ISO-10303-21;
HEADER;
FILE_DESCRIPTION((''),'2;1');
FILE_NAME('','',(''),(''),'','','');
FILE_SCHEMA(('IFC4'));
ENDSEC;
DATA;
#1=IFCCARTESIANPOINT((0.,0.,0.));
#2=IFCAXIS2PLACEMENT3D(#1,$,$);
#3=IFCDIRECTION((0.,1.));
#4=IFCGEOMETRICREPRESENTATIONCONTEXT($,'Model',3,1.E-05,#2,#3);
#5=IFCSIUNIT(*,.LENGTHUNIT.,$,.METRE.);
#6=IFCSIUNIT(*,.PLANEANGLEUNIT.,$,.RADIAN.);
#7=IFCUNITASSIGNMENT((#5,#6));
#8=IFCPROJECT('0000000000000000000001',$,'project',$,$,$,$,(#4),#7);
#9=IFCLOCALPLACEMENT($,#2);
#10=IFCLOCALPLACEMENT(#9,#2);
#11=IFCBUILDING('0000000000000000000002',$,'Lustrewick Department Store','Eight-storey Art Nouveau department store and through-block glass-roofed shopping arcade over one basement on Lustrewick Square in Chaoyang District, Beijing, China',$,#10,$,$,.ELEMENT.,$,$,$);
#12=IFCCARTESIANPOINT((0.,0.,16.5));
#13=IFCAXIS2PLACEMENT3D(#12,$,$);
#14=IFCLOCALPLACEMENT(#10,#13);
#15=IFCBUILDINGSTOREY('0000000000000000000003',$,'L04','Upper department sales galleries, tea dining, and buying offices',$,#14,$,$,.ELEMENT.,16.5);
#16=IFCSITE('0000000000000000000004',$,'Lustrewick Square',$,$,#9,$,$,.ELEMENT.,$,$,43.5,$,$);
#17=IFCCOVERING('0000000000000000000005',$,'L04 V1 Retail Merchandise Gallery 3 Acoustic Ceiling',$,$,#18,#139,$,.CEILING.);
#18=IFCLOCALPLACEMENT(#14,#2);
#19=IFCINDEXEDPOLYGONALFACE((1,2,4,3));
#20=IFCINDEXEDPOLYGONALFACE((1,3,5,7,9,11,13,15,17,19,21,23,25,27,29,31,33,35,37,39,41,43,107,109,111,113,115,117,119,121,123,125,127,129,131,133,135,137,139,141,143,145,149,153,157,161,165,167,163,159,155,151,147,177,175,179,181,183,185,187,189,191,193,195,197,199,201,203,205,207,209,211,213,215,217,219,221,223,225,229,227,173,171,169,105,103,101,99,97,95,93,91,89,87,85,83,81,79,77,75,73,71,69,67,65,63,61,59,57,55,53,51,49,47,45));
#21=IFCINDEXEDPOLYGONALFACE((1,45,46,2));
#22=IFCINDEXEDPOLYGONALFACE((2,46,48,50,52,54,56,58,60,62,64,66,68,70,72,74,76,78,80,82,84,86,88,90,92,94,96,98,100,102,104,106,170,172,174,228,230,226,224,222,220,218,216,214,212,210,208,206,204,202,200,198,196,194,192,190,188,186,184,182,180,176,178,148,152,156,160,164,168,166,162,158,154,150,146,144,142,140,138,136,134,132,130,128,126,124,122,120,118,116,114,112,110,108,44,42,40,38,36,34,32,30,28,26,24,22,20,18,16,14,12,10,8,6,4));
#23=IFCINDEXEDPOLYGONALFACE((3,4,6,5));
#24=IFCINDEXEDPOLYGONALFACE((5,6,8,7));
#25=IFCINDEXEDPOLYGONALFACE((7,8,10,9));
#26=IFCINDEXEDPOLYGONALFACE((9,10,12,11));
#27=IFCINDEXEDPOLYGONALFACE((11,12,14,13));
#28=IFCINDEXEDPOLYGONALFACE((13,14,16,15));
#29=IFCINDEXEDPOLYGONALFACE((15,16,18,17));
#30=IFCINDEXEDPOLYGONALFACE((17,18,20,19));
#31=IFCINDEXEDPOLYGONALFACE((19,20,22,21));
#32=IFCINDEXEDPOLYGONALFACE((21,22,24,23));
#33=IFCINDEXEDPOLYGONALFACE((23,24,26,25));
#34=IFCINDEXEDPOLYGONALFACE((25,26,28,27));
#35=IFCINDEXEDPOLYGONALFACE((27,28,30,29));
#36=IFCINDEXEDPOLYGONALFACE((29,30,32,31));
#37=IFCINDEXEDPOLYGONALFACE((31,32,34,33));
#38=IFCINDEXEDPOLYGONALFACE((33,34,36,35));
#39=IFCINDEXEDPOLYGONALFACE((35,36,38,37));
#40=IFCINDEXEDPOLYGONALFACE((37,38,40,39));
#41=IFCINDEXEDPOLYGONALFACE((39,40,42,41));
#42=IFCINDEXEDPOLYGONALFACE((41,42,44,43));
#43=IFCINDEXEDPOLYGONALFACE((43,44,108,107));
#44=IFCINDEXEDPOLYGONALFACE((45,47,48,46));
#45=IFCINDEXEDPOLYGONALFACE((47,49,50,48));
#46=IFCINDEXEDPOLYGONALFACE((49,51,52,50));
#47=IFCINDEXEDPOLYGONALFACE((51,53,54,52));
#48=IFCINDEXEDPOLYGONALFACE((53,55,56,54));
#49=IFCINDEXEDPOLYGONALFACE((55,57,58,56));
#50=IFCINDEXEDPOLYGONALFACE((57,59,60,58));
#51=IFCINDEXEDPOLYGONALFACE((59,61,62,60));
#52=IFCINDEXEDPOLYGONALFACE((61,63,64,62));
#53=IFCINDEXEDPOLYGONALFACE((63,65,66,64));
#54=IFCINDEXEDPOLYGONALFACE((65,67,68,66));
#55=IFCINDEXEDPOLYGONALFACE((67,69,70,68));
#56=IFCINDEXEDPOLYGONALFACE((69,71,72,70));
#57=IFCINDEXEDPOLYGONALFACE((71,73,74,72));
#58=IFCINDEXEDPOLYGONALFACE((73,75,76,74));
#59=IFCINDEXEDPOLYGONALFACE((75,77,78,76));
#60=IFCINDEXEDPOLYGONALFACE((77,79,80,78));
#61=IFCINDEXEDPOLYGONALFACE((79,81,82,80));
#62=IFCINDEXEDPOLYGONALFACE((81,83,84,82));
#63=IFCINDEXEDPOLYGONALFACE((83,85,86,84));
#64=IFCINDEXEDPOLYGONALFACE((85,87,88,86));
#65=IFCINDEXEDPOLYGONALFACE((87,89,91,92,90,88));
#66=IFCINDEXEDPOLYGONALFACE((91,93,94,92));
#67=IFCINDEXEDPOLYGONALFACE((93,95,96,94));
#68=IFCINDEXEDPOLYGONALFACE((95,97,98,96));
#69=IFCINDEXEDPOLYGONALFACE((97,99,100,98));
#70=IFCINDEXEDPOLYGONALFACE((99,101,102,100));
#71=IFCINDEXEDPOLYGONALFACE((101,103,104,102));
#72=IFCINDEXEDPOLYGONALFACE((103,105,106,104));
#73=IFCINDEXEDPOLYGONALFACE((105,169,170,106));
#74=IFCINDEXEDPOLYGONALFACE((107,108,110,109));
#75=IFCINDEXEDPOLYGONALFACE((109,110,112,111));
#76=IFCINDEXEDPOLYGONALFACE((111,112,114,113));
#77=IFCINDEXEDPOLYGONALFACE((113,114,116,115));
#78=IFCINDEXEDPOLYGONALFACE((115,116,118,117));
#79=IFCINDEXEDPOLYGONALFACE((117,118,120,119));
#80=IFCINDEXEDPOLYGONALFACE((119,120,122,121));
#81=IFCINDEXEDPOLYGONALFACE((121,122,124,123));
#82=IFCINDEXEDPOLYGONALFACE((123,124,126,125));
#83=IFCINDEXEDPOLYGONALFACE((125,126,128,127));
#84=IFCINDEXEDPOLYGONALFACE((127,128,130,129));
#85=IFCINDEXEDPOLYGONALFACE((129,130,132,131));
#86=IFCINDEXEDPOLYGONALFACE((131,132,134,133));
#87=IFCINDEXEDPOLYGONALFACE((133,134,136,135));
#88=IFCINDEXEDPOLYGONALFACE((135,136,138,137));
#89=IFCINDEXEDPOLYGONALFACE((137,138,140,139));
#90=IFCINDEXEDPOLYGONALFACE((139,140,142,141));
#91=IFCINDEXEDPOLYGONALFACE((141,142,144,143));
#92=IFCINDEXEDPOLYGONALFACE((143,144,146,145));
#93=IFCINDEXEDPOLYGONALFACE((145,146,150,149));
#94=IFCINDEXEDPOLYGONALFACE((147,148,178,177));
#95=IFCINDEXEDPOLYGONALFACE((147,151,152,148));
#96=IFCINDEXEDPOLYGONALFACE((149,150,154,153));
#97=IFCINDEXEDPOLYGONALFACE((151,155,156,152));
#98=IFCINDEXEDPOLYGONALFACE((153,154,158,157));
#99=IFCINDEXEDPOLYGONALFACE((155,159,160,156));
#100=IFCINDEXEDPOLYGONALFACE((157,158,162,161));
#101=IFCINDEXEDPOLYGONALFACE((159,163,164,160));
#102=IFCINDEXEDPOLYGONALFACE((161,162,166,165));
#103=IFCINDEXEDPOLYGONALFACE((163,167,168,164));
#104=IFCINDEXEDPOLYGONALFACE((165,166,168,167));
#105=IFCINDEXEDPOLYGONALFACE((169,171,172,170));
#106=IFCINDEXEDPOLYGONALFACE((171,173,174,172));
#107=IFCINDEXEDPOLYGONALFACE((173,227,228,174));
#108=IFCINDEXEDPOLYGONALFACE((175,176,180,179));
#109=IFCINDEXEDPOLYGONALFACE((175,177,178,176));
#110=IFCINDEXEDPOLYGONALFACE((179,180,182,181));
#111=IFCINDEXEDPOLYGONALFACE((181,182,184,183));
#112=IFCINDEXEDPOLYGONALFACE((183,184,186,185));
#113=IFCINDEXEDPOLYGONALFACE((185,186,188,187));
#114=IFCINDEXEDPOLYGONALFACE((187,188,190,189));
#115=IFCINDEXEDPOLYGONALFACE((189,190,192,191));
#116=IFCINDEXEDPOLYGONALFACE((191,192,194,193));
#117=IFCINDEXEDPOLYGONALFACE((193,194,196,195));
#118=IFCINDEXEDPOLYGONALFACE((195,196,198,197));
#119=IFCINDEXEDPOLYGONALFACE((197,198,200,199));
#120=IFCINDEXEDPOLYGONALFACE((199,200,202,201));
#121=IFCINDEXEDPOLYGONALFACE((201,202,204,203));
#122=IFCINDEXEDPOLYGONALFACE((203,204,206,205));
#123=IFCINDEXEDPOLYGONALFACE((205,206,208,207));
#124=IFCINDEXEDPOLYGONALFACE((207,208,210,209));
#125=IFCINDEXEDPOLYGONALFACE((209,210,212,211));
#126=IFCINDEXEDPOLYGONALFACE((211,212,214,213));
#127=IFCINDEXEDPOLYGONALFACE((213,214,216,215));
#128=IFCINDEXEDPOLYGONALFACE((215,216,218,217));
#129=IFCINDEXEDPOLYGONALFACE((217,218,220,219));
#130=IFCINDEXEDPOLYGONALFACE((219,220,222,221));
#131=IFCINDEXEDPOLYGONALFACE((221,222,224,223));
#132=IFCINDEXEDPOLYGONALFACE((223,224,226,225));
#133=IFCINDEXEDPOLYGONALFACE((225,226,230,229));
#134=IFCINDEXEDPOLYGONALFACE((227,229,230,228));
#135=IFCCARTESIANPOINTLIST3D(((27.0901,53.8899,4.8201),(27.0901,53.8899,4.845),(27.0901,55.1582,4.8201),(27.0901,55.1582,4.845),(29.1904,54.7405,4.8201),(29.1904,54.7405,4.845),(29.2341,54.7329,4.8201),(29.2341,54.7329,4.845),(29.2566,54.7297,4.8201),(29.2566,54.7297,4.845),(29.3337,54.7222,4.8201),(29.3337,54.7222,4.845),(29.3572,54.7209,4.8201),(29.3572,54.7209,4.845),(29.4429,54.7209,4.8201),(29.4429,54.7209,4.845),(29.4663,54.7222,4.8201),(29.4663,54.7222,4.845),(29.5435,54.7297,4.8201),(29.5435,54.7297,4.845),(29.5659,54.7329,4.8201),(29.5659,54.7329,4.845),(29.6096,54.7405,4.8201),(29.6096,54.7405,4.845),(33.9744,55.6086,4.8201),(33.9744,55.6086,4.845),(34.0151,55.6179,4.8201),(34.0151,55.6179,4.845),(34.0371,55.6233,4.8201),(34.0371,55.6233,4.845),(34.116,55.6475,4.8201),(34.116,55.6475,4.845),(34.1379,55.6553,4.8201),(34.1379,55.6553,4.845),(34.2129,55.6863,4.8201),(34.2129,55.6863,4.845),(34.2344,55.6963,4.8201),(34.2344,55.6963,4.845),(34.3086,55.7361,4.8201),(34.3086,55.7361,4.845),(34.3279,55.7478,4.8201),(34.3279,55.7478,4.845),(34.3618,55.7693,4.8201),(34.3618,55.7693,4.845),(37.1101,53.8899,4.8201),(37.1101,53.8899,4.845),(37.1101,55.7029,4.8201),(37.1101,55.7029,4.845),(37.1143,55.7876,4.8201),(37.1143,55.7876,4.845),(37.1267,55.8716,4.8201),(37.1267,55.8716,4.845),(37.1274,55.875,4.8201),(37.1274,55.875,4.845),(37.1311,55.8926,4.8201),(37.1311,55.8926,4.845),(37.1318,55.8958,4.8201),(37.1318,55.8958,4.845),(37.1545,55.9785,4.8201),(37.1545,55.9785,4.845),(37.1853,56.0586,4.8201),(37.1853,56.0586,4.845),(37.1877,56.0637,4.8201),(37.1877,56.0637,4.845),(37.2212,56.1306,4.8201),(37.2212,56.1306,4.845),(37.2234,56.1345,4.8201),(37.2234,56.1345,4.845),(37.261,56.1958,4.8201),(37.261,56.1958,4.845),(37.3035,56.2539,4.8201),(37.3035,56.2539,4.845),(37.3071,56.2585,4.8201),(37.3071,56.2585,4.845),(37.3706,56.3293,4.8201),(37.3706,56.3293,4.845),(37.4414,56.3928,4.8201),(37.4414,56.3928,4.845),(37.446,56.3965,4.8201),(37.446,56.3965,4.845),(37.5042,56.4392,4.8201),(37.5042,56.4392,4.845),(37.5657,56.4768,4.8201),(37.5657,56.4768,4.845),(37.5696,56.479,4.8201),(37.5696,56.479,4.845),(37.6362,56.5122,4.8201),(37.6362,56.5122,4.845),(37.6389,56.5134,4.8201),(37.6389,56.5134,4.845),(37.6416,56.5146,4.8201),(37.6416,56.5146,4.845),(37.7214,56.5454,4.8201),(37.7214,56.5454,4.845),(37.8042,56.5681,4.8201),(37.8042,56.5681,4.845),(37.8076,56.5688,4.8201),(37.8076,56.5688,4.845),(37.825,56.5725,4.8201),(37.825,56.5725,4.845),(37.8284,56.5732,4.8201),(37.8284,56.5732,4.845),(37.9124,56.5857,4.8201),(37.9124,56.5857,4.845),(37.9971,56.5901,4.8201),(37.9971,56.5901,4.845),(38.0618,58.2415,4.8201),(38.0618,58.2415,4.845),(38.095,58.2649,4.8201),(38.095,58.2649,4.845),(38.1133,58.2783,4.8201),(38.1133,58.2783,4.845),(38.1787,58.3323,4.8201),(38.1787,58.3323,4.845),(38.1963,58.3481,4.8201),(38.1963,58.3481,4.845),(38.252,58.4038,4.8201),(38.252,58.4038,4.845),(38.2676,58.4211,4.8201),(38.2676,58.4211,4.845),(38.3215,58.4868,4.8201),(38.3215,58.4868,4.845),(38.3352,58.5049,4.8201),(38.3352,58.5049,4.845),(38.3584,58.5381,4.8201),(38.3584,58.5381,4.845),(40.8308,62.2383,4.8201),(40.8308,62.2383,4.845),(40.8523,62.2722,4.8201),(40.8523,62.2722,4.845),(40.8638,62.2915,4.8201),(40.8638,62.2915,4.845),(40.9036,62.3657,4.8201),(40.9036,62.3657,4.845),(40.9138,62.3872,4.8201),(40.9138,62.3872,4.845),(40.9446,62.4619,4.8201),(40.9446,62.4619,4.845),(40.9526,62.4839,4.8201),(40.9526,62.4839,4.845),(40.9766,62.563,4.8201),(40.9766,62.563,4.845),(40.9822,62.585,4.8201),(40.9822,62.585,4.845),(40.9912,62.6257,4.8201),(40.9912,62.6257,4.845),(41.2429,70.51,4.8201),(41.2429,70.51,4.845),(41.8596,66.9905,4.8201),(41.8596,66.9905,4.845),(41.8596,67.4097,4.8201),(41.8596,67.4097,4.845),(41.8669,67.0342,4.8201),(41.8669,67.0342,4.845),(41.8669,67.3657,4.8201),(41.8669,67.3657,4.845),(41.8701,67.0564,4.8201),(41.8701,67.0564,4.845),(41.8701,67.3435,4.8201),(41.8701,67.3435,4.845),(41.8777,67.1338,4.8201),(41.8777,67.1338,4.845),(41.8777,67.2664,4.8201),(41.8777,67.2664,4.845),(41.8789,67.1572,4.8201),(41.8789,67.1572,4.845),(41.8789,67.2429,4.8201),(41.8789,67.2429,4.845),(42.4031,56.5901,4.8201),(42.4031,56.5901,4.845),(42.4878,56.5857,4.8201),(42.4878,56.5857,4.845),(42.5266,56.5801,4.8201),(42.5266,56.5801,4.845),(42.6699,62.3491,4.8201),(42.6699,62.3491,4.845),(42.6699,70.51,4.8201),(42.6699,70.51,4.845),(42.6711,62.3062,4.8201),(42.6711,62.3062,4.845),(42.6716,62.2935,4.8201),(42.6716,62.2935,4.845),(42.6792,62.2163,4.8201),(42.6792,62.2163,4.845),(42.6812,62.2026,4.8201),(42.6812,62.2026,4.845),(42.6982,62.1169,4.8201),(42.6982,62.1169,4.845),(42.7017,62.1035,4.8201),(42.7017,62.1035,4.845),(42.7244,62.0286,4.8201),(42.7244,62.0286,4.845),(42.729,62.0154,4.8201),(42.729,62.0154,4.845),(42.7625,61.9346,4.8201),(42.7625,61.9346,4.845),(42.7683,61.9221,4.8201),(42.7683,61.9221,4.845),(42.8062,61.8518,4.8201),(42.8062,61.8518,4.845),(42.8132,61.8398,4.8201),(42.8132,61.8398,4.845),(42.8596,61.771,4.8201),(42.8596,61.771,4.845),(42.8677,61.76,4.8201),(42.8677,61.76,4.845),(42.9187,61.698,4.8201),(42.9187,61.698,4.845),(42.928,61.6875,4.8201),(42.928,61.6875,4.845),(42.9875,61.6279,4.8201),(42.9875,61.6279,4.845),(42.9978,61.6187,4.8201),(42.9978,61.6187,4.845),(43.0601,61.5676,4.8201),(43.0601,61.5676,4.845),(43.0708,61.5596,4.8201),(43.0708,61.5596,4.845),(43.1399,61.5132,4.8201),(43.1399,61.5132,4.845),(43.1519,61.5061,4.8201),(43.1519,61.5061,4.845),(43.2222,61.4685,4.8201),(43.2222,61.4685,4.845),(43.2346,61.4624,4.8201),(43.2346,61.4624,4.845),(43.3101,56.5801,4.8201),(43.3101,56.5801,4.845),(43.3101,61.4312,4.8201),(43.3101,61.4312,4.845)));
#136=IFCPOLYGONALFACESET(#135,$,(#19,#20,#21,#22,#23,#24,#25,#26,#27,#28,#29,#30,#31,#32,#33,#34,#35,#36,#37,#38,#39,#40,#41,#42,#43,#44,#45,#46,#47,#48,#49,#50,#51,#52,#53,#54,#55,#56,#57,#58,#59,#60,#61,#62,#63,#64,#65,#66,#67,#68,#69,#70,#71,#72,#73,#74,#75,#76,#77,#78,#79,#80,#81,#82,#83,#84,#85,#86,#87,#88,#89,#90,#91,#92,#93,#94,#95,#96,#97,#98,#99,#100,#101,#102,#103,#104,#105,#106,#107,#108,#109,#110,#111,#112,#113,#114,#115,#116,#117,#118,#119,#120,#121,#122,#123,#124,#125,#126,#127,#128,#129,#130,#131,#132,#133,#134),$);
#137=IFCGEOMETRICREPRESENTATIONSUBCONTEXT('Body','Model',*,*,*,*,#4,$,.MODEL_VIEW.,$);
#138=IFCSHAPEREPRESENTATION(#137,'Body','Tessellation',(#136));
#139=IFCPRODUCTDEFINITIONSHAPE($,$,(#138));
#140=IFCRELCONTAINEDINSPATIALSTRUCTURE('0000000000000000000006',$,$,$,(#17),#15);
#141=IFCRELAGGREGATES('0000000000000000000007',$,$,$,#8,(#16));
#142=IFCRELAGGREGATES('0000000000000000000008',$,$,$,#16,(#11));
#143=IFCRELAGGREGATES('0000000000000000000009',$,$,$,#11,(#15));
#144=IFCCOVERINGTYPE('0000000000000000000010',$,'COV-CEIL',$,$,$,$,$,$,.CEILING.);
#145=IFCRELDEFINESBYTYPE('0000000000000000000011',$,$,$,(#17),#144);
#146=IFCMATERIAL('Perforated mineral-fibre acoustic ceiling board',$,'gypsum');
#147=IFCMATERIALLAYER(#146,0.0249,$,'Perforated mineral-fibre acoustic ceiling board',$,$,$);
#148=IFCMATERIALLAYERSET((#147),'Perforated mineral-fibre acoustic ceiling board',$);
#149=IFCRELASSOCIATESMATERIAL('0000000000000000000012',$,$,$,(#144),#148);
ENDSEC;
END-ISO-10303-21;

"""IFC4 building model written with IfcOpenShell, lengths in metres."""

from ifc_helpers import new_model, si_unit, direction, frame, origin, place, context, subcontext, project, spatial, polyline, outline, extrude, material, layer, layer_set, type_object, element, save


model = new_model("IFC4")

# Units and contexts
model_context = context("Model", 3, precision=1e-05, world=origin(), true_north=direction((0.0, 1.0)))
body_context = subcontext(model_context, "Body", "Model", "MODEL_VIEW")
ifc_project = project(units=[si_unit("LENGTHUNIT", "METRE"), si_unit("PLANEANGLEUNIT", "RADIAN")], contexts=[model_context])

# Site, building, storey
site_placement = place(None, origin())
site = spatial("IfcSite", under=ifc_project, at=site_placement, Name="Lustrewick Square", CompositionType="ELEMENT", RefElevation=43.5)
building_placement = place(site_placement, origin())
building = spatial("IfcBuilding", under=site, at=building_placement, Name="Lustrewick Department Store", Description="Eight-storey Art Nouveau department store and through-block glass-roofed shopping arcade over one basement on Lustrewick Square in Chaoyang District, Beijing, China", CompositionType="ELEMENT")
storey_placement = place(building_placement, frame((0.0, 0.0, 16.5)))
storey = spatial("IfcBuildingStorey", under=building, at=storey_placement, Name="L04", Description="Upper department sales galleries, tea dining, and buying offices", CompositionType="ELEMENT", Elevation=16.5)

# Covering
ifc_material_1 = material(Name="Perforated mineral-fibre acoustic ceiling board", Category="gypsum")
ifc_layer_1 = layer(ifc_material_1, 0.0249, Name="Perforated mineral-fibre acoustic ceiling board")
ifc_layer_set_1 = layer_set([ifc_layer_1], Name="Perforated mineral-fibre acoustic ceiling board")
covering_type_1 = type_object("IfcCoveringType", Name="COV-CEIL", PredefinedType="CEILING", material=ifc_layer_set_1)
covering_1_placement = place(storey_placement, frame((0.0, 0.0, 4.8201)))
element("IfcCovering", 1, at=covering_1_placement, inside=storey, type_object=covering_type_1, Name="L04 V1 Retail Merchandise Gallery 3 Acoustic Ceiling", PredefinedType="CEILING", context=body_context, shape_type="SweptSolid", body=[
    extrude(outline(polyline([(40.9912, 62.6257), (40.9822, 62.585), (40.9766, 62.563), (40.9526, 62.4839), (40.9446, 62.4619), (40.9138, 62.3872), (40.9036, 62.3657), (40.8638, 62.2915), (40.8523, 62.2722), (40.8308, 62.2383), (38.3584, 58.5381), (38.3352, 58.5049), (38.3215, 58.4868), (38.2676, 58.4211), (38.252, 58.4038), (38.1963, 58.3481), (38.1787, 58.3323), (38.1133, 58.2783), (38.095, 58.2649), (38.0618, 58.2415), (34.3618, 55.7693), (34.3279, 55.7478), (34.3086, 55.7361), (34.2344, 55.6963), (34.2129, 55.6863), (34.1379, 55.6553), (34.116, 55.6475), (34.0371, 55.6233), (34.0151, 55.6179), (33.9744, 55.6086), (29.6096, 54.7405), (29.5659, 54.7329), (29.5435, 54.7297), (29.4663, 54.7222), (29.4429, 54.7209), (29.3572, 54.7209), (29.3337, 54.7222), (29.2566, 54.7297), (29.2341, 54.7329), (29.1904, 54.7405), (27.0901, 55.1582), (27.0901, 53.8899), (37.1101, 53.8899), (37.1101, 55.7029), (37.1143, 55.7876), (37.1267, 55.8716), (37.1274, 55.875), (37.1311, 55.8926), (37.1318, 55.8958), (37.1545, 55.9785), (37.1853, 56.0586), (37.1877, 56.0637), (37.2212, 56.1306), (37.2234, 56.1345), (37.261, 56.1958), (37.3035, 56.2539), (37.3071, 56.2585), (37.3706, 56.3293), (37.4414, 56.3928), (37.446, 56.3965), (37.5042, 56.4392), (37.5657, 56.4768), (37.5696, 56.479), (37.6362, 56.5122), (37.6389, 56.5134), (37.6416, 56.5146), (37.7214, 56.5454), (37.8042, 56.5681), (37.8076, 56.5688), (37.825, 56.5725), (37.8284, 56.5732), (37.9124, 56.5857), (37.9971, 56.5901), (42.4031, 56.5901), (42.4878, 56.5857), (42.5266, 56.5801), (43.3101, 56.5801), (43.3101, 61.4312), (43.2346, 61.4624), (43.2222, 61.4685), (43.1519, 61.5061), (43.1399, 61.5132), (43.0708, 61.5596), (43.0601, 61.5676), (42.9978, 61.6187), (42.9875, 61.6279), (42.928, 61.6875), (42.9187, 61.698), (42.8677, 61.76), (42.8596, 61.771), (42.8132, 61.8398), (42.8062, 61.8518), (42.7683, 61.9221), (42.7625, 61.9346), (42.729, 62.0154), (42.7244, 62.0286), (42.7017, 62.1035), (42.6982, 62.1169), (42.6812, 62.2026), (42.6792, 62.2163), (42.6716, 62.2935), (42.6711, 62.3062), (42.6699, 62.3491), (42.6699, 70.51), (41.2429, 70.51), (41.8596, 67.4097), (41.8669, 67.3657), (41.8701, 67.3435), (41.8777, 67.2664), (41.8789, 67.2429), (41.8789, 67.1572), (41.8777, 67.1338), (41.8701, 67.0564), (41.8669, 67.0342), (41.8596, 66.9905), (40.9912, 62.6257)])), origin(), (0.0, 0.0, 1.0), 0.0249),
])

save(model, "model.ifc")
